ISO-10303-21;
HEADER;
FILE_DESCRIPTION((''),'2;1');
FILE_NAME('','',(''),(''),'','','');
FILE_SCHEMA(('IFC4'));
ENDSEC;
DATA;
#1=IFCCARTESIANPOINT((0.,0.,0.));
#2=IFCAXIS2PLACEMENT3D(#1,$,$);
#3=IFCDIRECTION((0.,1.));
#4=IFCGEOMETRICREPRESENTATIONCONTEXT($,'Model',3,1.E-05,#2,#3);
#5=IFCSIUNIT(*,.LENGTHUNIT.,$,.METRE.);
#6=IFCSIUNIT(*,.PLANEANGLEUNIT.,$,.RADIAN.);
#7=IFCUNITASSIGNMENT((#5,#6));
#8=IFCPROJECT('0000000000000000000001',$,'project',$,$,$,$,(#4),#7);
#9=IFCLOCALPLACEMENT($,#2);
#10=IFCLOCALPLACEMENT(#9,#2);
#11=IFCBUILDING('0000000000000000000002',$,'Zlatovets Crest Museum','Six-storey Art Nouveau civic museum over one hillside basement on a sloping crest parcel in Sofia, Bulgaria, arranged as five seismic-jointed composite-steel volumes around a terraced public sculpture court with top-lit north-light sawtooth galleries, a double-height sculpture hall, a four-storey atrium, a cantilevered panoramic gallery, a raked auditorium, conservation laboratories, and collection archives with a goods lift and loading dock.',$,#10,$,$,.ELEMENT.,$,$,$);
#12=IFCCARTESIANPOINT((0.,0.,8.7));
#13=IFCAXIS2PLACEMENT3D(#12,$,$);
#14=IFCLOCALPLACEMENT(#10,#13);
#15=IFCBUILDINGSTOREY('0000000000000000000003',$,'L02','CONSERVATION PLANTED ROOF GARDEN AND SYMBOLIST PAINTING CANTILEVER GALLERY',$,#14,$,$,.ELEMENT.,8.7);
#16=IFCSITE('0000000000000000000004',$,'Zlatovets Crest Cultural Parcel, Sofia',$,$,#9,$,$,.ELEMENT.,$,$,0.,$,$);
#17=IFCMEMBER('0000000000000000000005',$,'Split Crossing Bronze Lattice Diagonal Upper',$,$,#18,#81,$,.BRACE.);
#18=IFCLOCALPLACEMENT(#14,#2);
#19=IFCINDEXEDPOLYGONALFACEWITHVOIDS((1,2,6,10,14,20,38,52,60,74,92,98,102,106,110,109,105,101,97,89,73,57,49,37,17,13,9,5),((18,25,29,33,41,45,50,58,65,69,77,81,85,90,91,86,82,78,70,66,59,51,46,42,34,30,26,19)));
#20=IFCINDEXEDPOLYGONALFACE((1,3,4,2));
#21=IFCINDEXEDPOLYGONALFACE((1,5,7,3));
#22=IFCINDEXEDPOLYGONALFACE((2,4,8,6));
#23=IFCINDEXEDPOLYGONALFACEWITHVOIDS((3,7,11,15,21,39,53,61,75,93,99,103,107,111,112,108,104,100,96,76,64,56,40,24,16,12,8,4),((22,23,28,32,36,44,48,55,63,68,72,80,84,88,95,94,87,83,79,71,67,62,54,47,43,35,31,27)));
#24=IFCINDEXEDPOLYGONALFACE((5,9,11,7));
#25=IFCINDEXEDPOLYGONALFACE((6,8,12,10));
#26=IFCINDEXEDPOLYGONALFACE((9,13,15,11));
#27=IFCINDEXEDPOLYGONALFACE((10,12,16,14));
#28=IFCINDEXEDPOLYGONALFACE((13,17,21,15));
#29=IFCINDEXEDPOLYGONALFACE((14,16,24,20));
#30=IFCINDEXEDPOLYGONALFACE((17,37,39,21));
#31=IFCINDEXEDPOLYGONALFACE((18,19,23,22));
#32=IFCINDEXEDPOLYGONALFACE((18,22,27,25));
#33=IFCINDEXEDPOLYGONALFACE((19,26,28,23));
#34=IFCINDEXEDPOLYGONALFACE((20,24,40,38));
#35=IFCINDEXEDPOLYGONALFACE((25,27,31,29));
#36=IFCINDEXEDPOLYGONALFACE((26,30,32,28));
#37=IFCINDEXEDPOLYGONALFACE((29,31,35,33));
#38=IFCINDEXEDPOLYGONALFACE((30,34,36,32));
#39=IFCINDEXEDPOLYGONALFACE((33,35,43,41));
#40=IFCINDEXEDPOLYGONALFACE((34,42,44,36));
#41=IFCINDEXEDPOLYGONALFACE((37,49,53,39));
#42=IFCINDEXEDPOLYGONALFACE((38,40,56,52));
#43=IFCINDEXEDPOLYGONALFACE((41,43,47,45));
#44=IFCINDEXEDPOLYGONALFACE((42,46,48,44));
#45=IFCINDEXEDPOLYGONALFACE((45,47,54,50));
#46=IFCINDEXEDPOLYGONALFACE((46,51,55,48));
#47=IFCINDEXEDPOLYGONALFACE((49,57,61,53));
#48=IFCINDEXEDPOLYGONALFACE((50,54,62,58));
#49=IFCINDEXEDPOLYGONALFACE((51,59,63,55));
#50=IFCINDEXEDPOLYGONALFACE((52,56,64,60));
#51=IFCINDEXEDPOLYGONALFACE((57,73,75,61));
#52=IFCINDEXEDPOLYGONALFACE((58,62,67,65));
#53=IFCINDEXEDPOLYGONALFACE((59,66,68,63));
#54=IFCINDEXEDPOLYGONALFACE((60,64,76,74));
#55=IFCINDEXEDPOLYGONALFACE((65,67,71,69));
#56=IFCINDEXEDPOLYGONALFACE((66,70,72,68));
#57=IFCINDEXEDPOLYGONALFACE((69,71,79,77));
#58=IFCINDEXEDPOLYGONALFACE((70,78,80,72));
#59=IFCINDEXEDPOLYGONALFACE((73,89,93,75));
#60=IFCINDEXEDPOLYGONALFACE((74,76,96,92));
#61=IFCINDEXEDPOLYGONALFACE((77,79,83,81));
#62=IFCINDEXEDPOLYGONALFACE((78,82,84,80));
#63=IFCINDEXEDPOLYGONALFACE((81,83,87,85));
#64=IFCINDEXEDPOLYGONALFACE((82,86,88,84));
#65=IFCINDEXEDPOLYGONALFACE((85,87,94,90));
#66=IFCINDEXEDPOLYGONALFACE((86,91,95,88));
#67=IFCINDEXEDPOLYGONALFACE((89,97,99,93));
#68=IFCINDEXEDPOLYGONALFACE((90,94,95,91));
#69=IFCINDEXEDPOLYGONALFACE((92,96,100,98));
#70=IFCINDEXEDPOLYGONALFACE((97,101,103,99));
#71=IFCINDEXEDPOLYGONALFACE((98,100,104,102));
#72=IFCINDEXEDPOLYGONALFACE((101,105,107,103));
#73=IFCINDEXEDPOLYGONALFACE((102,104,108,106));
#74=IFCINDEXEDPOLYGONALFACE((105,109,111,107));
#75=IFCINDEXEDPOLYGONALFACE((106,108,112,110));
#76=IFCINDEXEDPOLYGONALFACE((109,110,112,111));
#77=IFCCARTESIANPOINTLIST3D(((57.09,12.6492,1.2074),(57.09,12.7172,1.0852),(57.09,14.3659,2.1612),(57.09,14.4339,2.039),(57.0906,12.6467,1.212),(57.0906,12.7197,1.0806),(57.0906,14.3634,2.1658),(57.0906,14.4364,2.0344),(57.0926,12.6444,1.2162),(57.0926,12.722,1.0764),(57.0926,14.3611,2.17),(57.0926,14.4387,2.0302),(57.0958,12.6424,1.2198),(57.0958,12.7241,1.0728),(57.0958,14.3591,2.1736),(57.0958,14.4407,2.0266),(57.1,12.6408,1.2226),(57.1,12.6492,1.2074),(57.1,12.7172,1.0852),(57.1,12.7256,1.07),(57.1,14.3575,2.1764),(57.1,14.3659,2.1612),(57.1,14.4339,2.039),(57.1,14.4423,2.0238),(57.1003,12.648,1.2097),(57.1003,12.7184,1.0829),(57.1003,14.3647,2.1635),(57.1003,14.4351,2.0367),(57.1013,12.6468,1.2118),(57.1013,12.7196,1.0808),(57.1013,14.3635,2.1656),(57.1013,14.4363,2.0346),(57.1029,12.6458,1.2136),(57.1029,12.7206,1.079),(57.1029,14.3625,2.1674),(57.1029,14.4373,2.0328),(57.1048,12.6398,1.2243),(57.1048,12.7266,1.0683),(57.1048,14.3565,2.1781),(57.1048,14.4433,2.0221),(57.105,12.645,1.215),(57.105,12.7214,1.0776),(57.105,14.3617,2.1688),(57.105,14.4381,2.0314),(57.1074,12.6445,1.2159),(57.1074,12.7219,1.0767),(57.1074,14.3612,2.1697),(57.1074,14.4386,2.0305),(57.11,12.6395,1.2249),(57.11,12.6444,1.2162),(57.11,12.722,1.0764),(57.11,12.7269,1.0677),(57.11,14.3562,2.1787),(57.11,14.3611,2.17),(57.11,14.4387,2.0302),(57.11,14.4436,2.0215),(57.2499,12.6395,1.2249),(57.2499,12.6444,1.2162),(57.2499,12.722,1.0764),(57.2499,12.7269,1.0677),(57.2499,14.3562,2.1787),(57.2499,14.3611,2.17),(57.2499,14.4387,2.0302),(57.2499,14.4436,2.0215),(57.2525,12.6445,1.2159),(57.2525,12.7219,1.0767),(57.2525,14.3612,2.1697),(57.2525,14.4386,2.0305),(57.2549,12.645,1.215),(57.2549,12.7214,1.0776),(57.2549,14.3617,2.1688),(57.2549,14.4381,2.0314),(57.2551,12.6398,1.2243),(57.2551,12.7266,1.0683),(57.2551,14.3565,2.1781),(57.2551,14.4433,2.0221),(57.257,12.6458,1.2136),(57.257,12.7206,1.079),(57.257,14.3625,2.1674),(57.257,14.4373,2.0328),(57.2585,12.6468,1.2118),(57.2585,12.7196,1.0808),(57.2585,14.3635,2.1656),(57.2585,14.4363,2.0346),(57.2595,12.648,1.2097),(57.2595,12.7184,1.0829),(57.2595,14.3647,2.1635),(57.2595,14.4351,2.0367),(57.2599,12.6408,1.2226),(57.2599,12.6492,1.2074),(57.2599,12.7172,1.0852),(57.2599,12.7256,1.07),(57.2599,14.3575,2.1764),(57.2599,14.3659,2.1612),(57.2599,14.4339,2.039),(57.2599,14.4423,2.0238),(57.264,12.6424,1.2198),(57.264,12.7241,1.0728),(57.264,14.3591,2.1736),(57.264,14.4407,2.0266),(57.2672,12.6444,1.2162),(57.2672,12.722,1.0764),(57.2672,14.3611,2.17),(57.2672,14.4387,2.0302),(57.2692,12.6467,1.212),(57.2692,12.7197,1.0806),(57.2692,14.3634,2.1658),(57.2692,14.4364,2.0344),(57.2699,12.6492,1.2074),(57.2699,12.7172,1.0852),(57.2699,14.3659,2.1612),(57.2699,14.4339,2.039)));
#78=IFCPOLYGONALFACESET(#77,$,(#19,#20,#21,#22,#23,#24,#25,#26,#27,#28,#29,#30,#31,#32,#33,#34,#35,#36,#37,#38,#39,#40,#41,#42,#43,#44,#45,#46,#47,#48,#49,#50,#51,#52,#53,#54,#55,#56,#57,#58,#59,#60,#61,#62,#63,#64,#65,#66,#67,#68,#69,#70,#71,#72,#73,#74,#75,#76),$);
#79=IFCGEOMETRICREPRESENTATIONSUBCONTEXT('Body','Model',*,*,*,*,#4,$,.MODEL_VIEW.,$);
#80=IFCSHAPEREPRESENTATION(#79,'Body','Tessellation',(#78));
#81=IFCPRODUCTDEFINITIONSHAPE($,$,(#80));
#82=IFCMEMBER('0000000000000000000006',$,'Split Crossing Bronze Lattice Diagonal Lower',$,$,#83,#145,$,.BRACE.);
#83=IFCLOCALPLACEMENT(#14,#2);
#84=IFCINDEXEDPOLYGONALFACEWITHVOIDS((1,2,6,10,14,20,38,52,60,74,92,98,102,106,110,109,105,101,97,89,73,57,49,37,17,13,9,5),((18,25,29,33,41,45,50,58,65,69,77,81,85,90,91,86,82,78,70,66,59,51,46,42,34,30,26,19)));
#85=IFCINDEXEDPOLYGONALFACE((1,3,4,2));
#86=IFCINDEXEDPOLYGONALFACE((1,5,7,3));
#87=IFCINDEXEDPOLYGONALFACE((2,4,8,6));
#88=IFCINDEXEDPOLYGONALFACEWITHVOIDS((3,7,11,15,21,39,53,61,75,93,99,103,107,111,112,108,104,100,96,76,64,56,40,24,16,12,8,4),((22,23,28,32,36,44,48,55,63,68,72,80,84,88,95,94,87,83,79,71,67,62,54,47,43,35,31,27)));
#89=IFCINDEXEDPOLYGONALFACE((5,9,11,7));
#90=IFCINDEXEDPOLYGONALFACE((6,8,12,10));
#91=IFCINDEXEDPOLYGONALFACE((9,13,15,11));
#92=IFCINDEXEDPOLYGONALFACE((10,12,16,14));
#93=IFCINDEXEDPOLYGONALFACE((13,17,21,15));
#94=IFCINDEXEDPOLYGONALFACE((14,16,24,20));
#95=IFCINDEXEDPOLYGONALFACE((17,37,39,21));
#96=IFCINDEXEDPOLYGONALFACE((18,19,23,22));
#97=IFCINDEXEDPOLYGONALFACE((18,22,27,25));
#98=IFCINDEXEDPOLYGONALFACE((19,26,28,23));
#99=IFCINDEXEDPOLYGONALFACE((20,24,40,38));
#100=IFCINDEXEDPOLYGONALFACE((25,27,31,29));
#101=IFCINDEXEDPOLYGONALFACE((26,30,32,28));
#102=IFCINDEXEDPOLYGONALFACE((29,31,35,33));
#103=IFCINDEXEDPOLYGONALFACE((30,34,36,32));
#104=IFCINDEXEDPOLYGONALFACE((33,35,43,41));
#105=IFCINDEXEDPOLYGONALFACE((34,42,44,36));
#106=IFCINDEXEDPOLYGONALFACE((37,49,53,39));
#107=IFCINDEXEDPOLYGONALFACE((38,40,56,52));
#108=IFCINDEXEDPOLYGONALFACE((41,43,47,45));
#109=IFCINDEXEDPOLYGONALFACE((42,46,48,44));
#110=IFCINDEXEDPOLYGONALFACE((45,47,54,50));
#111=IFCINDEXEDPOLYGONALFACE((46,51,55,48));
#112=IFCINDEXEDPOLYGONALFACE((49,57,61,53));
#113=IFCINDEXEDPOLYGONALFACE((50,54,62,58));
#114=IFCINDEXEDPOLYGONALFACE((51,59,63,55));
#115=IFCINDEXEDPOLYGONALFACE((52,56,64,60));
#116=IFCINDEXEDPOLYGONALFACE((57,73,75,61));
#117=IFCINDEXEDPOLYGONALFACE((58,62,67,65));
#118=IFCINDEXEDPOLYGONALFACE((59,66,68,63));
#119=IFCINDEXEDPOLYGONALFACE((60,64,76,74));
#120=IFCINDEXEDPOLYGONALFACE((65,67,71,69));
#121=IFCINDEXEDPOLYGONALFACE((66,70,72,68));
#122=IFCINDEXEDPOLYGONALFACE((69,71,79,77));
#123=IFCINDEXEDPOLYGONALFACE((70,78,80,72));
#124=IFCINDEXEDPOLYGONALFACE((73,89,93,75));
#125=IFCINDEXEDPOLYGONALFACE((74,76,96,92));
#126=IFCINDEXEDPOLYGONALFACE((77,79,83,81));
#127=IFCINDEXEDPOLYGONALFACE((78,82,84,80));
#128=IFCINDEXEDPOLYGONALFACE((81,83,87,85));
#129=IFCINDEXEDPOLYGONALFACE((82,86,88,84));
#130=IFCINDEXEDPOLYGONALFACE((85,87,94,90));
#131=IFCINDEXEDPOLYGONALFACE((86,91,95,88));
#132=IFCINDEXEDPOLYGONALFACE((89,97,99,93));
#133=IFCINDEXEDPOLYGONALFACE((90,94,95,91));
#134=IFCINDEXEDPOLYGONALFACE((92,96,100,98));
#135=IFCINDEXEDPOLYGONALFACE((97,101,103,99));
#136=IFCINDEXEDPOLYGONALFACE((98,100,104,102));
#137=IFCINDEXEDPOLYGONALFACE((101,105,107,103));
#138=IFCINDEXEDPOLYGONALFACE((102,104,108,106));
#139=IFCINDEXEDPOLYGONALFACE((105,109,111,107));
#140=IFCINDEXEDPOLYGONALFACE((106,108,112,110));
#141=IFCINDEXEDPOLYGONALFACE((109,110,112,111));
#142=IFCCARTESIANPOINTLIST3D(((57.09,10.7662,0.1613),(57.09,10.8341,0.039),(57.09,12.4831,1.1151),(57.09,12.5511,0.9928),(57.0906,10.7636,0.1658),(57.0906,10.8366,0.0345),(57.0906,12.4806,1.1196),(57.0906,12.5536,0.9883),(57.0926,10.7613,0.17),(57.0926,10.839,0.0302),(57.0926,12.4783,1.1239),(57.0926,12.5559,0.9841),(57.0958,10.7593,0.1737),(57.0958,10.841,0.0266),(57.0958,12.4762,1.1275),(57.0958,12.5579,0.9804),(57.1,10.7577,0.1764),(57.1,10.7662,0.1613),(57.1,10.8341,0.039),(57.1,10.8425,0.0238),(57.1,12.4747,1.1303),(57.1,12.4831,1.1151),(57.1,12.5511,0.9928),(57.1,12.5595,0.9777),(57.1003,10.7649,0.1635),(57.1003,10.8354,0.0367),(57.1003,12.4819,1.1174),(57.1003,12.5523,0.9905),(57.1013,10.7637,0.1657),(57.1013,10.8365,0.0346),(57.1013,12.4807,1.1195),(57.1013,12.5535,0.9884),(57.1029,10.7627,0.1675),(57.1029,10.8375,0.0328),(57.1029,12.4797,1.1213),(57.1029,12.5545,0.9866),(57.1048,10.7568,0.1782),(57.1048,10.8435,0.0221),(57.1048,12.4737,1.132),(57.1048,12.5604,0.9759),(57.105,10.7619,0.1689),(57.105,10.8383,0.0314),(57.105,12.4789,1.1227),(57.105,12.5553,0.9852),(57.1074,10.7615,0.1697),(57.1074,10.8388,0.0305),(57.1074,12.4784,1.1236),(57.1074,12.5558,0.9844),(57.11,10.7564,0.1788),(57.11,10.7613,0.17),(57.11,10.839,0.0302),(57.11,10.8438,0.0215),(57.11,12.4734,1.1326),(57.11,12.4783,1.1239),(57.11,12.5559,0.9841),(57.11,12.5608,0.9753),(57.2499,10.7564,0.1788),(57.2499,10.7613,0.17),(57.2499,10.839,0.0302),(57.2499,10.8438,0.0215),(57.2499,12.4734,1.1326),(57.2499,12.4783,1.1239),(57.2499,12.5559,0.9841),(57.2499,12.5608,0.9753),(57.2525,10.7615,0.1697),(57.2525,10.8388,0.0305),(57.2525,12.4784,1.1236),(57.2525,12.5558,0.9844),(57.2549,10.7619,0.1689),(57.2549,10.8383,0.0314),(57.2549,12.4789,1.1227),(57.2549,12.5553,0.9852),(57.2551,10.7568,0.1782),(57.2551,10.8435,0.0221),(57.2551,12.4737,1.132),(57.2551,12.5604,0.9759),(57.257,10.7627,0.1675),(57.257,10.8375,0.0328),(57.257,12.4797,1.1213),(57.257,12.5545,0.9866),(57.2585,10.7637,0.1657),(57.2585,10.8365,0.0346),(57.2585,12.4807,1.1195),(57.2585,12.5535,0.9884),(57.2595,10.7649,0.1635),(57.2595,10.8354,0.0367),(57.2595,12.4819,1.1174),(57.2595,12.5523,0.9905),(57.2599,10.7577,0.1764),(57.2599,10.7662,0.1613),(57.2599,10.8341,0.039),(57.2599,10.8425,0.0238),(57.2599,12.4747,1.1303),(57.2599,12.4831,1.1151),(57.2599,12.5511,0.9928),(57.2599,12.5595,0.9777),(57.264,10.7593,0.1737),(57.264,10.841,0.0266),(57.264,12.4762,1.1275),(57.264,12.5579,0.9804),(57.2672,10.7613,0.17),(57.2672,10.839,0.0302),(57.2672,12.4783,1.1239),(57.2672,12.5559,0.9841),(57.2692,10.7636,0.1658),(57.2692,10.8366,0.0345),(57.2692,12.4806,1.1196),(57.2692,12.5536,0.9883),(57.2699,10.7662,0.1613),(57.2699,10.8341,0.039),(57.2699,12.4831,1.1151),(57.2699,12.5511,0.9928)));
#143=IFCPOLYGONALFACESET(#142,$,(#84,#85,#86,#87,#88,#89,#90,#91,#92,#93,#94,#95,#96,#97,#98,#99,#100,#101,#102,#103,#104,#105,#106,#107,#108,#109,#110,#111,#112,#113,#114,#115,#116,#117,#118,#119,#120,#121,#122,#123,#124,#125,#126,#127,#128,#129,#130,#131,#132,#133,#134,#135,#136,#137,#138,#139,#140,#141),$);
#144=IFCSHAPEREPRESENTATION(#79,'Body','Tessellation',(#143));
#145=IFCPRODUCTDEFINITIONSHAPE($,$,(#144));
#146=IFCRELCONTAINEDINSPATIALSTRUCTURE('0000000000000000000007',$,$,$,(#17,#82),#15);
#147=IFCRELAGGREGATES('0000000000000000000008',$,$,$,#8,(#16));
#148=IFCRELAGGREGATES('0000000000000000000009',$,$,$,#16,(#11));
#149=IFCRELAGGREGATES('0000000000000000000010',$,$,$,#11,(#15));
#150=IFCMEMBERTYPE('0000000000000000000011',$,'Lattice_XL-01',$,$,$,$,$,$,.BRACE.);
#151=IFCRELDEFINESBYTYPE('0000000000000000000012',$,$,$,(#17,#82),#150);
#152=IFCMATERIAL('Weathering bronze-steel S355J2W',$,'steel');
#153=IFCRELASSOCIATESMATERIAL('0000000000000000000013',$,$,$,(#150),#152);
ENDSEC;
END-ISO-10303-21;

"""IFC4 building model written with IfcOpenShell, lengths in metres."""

from ifc_helpers import new_model, si_unit, direction, frame, origin, origin_2d, place, context, subcontext, project, spatial, hollow_rectangle, extrude, material, material_profile, profile_set, type_object, element, save


model = new_model("IFC4")

# Units and contexts
model_context = context("Model", 3, precision=1e-05, world=origin(), true_north=direction((0.0, 1.0)))
body_context = subcontext(model_context, "Body", "Model", "MODEL_VIEW")
ifc_project = project(units=[si_unit("LENGTHUNIT", "METRE"), si_unit("PLANEANGLEUNIT", "RADIAN")], contexts=[model_context])

# Site, building, storey
site_placement = place(None, origin())
site = spatial("IfcSite", under=ifc_project, at=site_placement, Name="Zlatovets Crest Cultural Parcel, Sofia", CompositionType="ELEMENT", RefElevation=0.0)
building_placement = place(site_placement, origin())
building = spatial("IfcBuilding", under=site, at=building_placement, Name="Zlatovets Crest Museum", Description="Six-storey Art Nouveau civic museum over one hillside basement on a sloping crest parcel in Sofia, Bulgaria, arranged as five seismic-jointed composite-steel volumes around a terraced public sculpture court with top-lit north-light sawtooth galleries, a double-height sculpture hall, a four-storey atrium, a cantilevered panoramic gallery, a raked auditorium, conservation laboratories, and collection archives with a goods lift and loading dock.", CompositionType="ELEMENT")
storey_placement = place(building_placement, frame((0.0, 0.0, 8.7)))
storey = spatial("IfcBuildingStorey", under=building, at=storey_placement, Name="L02", Description="CONSERVATION PLANTED ROOF GARDEN AND SYMBOLIST PAINTING CANTILEVER GALLERY", CompositionType="ELEMENT", Elevation=8.7)

# Members
ifc_material_1 = material(Name="Weathering bronze-steel S355J2W", Category="steel")
ifc_material_profile_1 = material_profile(ifc_material_1, hollow_rectangle(XDim=0.1799, YDim=0.1799, WallThickness=0.01, InnerFilletRadius=0.01, OuterFilletRadius=0.02, at=origin_2d()), Name="SHS 180x180x10.0")
ifc_profile_set_1 = profile_set([ifc_material_profile_1], Name="Weathering bronze-steel S355J2W")
member_type_1 = type_object("IfcMemberType", Name="Lattice_XL-01", PredefinedType="BRACE", material=ifc_profile_set_1)
member_1_placement = place(storey_placement, frame((57.1799, 14.3999, 2.1001), z_axis=(0.0, -0.87414, -0.485675), x_axis=(1.0, 0.0, 0.0)))
element("IfcMember", 1, at=member_1_placement, inside=storey, type_object=member_type_1, Name="Split Crossing Bronze Lattice Diagonal Upper", PredefinedType="BRACE", context=body_context, shape_type="SweptSolid", body=[
    extrude(hollow_rectangle(XDim=0.1799, YDim=0.1799, WallThickness=0.01, InnerFilletRadius=0.01, OuterFilletRadius=0.02, at=origin_2d()), origin(), (0.0, 0.0, 1.0), 1.9639),
])
member_2_placement = place(storey_placement, frame((57.1799, 12.5171, 1.054), z_axis=(0.0, -0.874169, -0.485622), x_axis=(1.0, 0.0, 0.0)))
element("IfcMember", 2, at=member_2_placement, inside=storey, type_object=member_type_1, Name="Split Crossing Bronze Lattice Diagonal Lower", PredefinedType="BRACE", context=body_context, shape_type="SweptSolid", body=[
    extrude(hollow_rectangle(XDim=0.1799, YDim=0.1799, WallThickness=0.01, InnerFilletRadius=0.01, OuterFilletRadius=0.02, at=origin_2d()), origin(), (0.0, 0.0, 1.0), 1.9641),
])

save(model, "model.ifc")
